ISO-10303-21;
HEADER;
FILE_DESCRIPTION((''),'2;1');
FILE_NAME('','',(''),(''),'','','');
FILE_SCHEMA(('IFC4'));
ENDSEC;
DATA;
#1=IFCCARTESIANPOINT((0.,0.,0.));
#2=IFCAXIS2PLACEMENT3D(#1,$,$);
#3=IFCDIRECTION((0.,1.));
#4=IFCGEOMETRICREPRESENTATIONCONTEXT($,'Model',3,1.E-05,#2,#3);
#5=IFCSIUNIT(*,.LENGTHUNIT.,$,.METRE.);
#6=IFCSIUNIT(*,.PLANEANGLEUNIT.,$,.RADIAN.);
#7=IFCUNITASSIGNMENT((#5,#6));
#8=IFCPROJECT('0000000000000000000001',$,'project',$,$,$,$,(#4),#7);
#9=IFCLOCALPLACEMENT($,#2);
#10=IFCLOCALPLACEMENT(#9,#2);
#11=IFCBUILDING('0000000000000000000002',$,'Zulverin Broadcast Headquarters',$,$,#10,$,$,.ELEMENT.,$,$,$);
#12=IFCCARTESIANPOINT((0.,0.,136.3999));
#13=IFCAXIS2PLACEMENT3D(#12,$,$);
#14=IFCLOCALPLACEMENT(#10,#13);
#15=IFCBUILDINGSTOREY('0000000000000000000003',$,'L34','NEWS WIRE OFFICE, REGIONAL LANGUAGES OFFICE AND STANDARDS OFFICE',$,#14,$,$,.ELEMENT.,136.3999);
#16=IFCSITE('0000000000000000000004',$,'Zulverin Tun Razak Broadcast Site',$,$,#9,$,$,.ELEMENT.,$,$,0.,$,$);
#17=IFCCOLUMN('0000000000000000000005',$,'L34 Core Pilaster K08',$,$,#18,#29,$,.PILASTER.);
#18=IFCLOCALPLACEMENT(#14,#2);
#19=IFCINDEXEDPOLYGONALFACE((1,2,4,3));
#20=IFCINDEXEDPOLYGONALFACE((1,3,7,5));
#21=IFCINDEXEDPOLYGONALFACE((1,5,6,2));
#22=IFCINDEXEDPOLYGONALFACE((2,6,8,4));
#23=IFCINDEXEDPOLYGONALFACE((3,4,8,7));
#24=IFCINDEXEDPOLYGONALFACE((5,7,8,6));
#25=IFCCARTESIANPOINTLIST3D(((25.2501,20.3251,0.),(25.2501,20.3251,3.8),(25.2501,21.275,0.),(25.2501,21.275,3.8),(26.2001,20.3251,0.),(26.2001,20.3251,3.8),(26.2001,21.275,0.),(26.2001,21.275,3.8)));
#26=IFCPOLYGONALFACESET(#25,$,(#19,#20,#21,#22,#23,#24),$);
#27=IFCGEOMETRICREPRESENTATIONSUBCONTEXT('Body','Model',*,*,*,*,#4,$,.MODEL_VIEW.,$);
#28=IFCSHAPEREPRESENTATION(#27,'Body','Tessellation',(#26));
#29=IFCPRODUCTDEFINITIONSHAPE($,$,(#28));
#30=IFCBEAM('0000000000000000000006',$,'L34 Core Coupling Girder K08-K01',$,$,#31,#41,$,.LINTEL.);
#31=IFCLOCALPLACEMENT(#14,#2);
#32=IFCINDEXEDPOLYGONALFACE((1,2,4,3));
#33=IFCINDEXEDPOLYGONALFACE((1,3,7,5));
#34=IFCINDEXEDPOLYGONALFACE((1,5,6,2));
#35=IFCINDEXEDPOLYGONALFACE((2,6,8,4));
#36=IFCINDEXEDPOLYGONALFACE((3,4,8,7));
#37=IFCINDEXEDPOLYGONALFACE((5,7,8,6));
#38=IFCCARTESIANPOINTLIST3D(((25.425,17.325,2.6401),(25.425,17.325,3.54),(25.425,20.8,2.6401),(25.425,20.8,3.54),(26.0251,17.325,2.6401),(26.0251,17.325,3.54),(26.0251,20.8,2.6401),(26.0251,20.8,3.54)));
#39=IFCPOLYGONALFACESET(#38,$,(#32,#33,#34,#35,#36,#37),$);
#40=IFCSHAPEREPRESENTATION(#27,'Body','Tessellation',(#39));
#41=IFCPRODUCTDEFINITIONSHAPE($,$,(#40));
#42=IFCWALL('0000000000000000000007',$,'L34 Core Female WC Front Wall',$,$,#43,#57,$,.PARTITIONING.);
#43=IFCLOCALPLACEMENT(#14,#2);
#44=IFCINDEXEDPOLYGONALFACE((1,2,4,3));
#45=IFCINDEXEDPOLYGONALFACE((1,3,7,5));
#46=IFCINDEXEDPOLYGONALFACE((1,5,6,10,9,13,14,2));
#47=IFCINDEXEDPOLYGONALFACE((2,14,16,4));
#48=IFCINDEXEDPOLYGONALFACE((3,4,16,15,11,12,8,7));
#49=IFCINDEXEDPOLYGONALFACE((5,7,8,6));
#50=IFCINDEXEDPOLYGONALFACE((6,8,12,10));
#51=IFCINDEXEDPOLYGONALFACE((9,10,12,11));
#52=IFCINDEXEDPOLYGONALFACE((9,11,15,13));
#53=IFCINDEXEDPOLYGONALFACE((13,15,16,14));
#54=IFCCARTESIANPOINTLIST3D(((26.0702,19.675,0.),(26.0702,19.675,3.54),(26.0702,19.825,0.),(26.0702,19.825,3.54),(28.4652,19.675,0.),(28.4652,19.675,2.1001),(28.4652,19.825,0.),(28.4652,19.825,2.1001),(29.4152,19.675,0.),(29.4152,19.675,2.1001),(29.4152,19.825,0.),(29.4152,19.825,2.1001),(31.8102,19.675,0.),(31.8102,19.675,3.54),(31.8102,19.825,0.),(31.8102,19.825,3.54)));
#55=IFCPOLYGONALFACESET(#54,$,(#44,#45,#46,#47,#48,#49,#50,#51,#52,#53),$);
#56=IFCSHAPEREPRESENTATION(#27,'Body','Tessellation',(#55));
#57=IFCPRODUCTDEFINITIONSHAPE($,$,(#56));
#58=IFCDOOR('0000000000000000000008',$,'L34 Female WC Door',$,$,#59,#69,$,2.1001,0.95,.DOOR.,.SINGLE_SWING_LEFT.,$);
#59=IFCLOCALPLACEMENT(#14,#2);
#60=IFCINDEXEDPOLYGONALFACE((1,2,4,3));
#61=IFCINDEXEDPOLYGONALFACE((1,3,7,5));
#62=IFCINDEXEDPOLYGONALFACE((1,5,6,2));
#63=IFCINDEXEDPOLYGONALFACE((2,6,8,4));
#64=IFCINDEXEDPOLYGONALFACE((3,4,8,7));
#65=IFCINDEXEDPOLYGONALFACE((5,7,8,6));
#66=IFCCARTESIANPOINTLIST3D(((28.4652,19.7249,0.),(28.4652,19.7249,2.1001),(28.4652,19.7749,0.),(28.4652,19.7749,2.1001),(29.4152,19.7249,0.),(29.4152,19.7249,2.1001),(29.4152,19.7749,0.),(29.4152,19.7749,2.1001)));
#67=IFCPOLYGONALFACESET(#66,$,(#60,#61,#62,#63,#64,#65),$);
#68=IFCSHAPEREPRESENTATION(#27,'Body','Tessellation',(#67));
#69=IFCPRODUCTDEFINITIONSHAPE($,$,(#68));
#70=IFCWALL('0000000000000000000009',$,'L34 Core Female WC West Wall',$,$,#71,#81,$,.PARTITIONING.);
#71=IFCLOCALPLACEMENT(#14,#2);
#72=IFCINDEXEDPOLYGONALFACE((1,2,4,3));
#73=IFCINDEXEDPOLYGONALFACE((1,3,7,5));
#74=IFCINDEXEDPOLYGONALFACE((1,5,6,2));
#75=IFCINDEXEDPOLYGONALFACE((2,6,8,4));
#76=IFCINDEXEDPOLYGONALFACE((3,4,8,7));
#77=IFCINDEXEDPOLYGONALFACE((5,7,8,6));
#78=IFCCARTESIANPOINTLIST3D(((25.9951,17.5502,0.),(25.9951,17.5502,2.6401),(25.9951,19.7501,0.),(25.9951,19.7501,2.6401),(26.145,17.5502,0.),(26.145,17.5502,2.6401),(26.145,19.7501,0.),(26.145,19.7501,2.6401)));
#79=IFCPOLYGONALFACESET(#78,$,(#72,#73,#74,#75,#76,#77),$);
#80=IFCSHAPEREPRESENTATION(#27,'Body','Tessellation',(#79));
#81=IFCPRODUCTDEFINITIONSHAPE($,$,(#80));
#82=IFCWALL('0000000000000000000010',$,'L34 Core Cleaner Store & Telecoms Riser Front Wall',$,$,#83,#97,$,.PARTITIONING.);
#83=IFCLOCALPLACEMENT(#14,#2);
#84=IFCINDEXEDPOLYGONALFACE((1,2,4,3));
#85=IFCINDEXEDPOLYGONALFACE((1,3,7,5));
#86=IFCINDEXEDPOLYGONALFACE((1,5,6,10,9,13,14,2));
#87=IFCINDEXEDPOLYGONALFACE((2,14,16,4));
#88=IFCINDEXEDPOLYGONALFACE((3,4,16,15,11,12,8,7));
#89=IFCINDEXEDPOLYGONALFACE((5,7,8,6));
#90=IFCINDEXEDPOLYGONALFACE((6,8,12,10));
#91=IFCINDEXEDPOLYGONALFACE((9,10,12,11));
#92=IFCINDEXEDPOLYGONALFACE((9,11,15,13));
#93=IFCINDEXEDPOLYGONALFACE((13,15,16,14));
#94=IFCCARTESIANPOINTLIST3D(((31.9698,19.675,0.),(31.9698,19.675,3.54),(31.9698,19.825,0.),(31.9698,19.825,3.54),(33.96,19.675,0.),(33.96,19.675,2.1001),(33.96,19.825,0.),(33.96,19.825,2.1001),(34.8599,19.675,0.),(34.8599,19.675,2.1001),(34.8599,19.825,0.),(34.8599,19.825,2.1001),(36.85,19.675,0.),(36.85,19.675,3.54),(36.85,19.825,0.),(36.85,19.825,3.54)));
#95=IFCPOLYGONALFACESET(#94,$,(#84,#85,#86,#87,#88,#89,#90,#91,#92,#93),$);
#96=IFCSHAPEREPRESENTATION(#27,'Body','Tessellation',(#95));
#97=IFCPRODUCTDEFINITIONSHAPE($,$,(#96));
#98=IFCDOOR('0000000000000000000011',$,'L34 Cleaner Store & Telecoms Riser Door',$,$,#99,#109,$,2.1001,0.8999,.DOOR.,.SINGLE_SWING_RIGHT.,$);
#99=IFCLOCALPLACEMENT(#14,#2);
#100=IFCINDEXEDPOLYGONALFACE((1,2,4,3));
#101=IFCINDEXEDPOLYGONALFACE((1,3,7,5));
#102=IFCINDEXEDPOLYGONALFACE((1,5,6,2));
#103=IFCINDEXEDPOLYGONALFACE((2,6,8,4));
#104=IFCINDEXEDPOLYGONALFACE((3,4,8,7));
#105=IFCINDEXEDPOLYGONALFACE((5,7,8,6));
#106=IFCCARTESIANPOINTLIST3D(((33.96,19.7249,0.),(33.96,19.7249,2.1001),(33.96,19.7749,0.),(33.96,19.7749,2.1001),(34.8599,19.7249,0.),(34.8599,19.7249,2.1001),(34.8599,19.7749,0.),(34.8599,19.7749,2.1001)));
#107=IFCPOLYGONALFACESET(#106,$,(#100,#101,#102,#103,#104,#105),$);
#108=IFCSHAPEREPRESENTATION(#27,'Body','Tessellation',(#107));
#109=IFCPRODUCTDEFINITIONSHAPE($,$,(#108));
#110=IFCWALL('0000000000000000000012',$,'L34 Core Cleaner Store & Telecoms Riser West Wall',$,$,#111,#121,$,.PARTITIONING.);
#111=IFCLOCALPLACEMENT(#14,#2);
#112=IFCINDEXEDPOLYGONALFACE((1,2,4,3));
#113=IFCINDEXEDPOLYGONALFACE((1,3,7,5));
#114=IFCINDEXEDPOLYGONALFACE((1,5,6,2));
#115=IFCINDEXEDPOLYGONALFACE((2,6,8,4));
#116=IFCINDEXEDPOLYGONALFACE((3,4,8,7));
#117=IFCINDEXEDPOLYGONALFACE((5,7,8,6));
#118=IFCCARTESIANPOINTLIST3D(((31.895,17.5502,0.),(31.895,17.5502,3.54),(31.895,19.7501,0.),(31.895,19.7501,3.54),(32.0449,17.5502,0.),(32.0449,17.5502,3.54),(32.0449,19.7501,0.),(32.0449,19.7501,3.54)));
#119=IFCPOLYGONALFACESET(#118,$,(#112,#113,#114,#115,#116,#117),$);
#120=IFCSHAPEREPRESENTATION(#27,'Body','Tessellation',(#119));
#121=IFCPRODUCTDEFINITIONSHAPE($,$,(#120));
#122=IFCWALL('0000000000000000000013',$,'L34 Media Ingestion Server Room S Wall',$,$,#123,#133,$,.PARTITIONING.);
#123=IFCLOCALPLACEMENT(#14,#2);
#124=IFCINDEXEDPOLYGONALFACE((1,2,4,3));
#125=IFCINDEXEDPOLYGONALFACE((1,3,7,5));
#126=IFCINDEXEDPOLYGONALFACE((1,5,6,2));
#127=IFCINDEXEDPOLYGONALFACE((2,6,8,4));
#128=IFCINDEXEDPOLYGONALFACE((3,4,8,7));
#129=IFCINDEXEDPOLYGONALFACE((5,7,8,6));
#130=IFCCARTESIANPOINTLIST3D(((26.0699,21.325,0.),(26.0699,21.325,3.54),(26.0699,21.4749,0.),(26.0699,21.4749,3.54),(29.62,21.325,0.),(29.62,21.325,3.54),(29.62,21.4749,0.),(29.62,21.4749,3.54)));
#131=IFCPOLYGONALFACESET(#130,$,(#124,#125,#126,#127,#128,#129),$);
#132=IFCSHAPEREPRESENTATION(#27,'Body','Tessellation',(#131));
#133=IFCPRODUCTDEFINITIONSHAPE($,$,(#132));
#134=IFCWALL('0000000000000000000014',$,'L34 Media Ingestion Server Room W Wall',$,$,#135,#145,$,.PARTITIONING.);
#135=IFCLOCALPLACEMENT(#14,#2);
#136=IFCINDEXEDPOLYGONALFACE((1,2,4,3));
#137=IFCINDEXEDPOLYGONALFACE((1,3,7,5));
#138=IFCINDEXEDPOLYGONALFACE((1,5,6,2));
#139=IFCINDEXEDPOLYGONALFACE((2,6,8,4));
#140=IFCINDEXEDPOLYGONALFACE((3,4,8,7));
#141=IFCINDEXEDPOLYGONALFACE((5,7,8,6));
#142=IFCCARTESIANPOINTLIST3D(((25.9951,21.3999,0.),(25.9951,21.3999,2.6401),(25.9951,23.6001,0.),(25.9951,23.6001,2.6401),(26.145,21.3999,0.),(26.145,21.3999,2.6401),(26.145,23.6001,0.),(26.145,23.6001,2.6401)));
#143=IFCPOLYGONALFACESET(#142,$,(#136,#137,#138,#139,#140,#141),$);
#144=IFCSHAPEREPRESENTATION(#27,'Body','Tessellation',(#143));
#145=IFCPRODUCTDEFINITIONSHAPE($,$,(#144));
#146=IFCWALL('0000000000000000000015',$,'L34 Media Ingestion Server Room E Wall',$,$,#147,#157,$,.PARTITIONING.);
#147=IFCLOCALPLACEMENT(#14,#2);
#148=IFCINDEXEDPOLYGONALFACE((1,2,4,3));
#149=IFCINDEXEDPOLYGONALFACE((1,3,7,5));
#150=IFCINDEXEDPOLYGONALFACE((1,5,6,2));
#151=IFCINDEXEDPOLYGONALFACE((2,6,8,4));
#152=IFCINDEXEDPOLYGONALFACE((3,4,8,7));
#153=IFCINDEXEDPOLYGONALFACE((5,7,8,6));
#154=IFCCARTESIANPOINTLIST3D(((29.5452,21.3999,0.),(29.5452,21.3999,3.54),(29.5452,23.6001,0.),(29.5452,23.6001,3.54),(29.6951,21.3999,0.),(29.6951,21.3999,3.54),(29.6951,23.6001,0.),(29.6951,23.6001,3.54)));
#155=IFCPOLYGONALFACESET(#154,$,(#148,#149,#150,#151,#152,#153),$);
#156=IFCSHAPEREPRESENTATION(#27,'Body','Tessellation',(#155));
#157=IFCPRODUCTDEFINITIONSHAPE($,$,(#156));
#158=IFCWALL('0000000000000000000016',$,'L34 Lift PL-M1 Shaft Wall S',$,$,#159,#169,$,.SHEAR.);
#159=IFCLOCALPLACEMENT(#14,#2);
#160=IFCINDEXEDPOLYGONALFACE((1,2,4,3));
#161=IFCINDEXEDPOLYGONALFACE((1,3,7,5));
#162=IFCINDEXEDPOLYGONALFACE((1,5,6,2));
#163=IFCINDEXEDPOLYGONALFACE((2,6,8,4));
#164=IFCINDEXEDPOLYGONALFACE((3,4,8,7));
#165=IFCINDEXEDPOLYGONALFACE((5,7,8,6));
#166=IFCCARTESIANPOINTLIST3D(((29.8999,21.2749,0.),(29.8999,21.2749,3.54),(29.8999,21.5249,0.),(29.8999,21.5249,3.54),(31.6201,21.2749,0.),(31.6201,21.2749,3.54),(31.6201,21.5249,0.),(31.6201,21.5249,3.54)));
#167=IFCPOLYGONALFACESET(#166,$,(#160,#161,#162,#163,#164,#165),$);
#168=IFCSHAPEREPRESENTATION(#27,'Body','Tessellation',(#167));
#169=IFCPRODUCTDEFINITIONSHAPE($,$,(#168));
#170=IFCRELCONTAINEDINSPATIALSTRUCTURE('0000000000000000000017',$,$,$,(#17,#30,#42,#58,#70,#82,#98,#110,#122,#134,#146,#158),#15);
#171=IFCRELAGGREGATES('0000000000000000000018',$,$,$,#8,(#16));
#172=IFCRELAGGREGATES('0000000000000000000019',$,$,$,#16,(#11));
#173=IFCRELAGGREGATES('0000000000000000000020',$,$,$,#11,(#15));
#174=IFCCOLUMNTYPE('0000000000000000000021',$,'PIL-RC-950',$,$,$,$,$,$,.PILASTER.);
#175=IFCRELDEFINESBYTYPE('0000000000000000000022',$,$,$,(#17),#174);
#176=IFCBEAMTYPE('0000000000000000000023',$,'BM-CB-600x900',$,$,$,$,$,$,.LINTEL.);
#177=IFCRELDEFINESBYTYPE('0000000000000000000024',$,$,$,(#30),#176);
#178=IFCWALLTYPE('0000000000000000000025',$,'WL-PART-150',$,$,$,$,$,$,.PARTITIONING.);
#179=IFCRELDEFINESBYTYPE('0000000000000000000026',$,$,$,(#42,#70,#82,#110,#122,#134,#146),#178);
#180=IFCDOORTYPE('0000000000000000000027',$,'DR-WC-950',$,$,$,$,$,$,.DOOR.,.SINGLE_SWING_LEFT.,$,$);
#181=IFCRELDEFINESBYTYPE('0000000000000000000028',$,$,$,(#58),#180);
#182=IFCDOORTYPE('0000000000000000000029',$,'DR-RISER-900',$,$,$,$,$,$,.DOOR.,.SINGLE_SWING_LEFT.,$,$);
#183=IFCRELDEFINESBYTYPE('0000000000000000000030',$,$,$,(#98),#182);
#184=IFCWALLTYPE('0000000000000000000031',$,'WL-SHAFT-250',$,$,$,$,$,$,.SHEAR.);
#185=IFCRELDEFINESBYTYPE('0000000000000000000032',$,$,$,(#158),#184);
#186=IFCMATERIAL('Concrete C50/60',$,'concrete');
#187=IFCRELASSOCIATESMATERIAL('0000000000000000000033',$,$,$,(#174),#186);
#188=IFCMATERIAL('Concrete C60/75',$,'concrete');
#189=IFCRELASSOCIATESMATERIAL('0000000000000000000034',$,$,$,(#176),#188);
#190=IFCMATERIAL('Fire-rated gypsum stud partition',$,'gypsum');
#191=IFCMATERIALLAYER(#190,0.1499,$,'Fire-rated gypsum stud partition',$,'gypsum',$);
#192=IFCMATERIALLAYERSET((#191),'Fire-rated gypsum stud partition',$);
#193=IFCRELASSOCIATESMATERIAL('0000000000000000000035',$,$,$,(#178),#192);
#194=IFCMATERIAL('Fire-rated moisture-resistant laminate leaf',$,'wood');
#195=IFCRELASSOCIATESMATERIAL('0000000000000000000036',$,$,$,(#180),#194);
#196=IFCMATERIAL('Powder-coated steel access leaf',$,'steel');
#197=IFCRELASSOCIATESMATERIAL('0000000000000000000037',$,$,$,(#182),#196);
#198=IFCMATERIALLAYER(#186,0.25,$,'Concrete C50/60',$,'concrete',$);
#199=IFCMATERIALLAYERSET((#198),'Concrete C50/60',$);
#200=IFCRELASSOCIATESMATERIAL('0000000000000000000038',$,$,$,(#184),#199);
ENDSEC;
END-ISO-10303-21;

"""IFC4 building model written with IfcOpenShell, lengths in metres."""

from ifc_helpers import new_model, si_unit, direction, frame, frame_2d, origin, origin_2d, place, context, subcontext, project, spatial, rectangle, extrude, material, layer, layer_set, material_profile, profile_set, type_object, element, fill, save


model = new_model("IFC4")

# Units and contexts
model_context = context("Model", 3, precision=1e-05, world=origin(), true_north=direction((0.0, 1.0)))
body_context = subcontext(model_context, "Body", "Model", "MODEL_VIEW")
ifc_project = project(units=[si_unit("LENGTHUNIT", "METRE"), si_unit("PLANEANGLEUNIT", "RADIAN")], contexts=[model_context])

# Site, building, storey
site_placement = place(None, origin())
site = spatial("IfcSite", under=ifc_project, at=site_placement, Name="Zulverin Tun Razak Broadcast Site", CompositionType="ELEMENT", RefElevation=0.0)
building_placement = place(site_placement, origin())
building = spatial("IfcBuilding", under=site, at=building_placement, Name="Zulverin Broadcast Headquarters", CompositionType="ELEMENT")
storey_placement = place(building_placement, frame((0.0, 0.0, 136.3999)))
storey = spatial("IfcBuildingStorey", under=building, at=storey_placement, Name="L34", Description="NEWS WIRE OFFICE, REGIONAL LANGUAGES OFFICE AND STANDARDS OFFICE", CompositionType="ELEMENT", Elevation=136.3999)

# Column
ifc_material_1 = material(Name="Concrete C50/60", Category="concrete")
ifc_material_profile_1 = material_profile(ifc_material_1, rectangle(XDim=0.95, YDim=0.95, at=origin_2d()), Name="Concrete C50/60", Category="concrete")
ifc_profile_set_1 = profile_set([ifc_material_profile_1], Name="Concrete C50/60")
column_type = type_object("IfcColumnType", Name="PIL-RC-950", PredefinedType="PILASTER", material=ifc_profile_set_1)
column_placement = place(storey_placement, frame((25.7251, 20.8, 0.0), z_axis=(0.0, 0.0, 1.0), x_axis=(1.0, 0.0, 0.0)))
element("IfcColumn", 1, at=column_placement, inside=storey, type_object=column_type, Name="L34 Core Pilaster K08", PredefinedType="PILASTER", context=body_context, shape_type="SweptSolid", body=[
    extrude(rectangle(XDim=0.95, YDim=0.95, at=origin_2d()), origin(), (0.0, 0.0, 1.0), 3.8),
])

# Beam
ifc_material_2 = material(Name="Concrete C60/75", Category="concrete")
ifc_material_profile_2 = material_profile(ifc_material_2, rectangle(XDim=0.6001, YDim=0.8999, at=origin_2d()), Name="Concrete C60/75", Category="concrete")
ifc_profile_set_2 = profile_set([ifc_material_profile_2], Name="Concrete C60/75")
beam_type = type_object("IfcBeamType", Name="BM-CB-600x900", PredefinedType="LINTEL", material=ifc_profile_set_2)
beam_placement = place(storey_placement, frame((25.7251, 20.8, 3.0901), z_axis=(0.0, -1.0, 0.0), x_axis=(1.0, 0.0, 0.0)))
element("IfcBeam", 2, at=beam_placement, inside=storey, type_object=beam_type, Name="L34 Core Coupling Girder K08-K01", PredefinedType="LINTEL", context=body_context, shape_type="SweptSolid", body=[
    extrude(rectangle(XDim=0.6001, YDim=0.8999, at=origin_2d()), origin(), (0.0, 0.0, 1.0), 3.4751),
])

# Wall, opening, door
ifc_material_3 = material(Name="Fire-rated gypsum stud partition", Category="gypsum")
ifc_layer_1 = layer(ifc_material_3, 0.1499, Name="Fire-rated gypsum stud partition", Category="gypsum")
ifc_layer_set_1 = layer_set([ifc_layer_1], Name="Fire-rated gypsum stud partition")
wall_type_1 = type_object("IfcWallType", Name="WL-PART-150", PredefinedType="PARTITIONING", material=ifc_layer_set_1)
wall_1_placement = place(storey_placement, frame((26.0701, 19.75, 0.0), z_axis=(0.0, 0.0, 1.0), x_axis=(1.0, 0.0, 0.0)))
wall_1 = element("IfcWall", 3, at=wall_1_placement, inside=storey, type_object=wall_type_1, Name="L34 Core Female WC Front Wall", PredefinedType="PARTITIONING", context=body_context, shape_type="SweptSolid", body=[
    extrude(rectangle(XDim=5.74, YDim=0.1499, at=frame_2d((2.8701, 0.0))), origin(), (0.0, 0.0, 1.0), 3.54),
])
opening_1_placement = place(wall_1_placement, frame((2.395, 0.0, 0.0)))
opening_1 = element("IfcOpeningElement", 4, at=opening_1_placement, cuts=wall_1, PredefinedType="OPENING", context=body_context, shape_type="SweptSolid", body=[
    extrude(rectangle(XDim=0.95, YDim=2.1001, at=frame_2d((0.4751, 1.05))), frame((0.0, 0.085, 0.0), z_axis=(0.0, -1.0, 0.0), x_axis=(1.0, 0.0, 0.0)), (0.0, 0.0, 1.0), 0.1699),
])
ifc_material_4 = material(Name="Fire-rated moisture-resistant laminate leaf", Category="wood")
door_type_1 = type_object("IfcDoorType", Name="DR-WC-950", OperationType="SINGLE_SWING_LEFT", PredefinedType="DOOR", material=ifc_material_4)
door_1_placement = place(opening_1_placement, origin())
door_1 = element("IfcDoor", 5, at=door_1_placement, inside=storey, type_object=door_type_1, Name="L34 Female WC Door", OperationType="SINGLE_SWING_LEFT", OverallHeight=2.1001, OverallWidth=0.95, PredefinedType="DOOR", context=body_context, shape_type="SweptSolid", body=[
    extrude(rectangle(XDim=0.95, YDim=2.1001, at=frame_2d((0.4751, 1.05))), frame((0.0, 0.0249, 0.0), z_axis=(0.0, -1.0, 0.0), x_axis=(1.0, 0.0, 0.0)), (0.0, 0.0, 1.0), 0.05),
])
fill(opening_1, door_1)

# Wall
wall_2_placement = place(storey_placement, frame((26.0701, 17.55, 0.0), z_axis=(0.0, 0.0, 1.0), x_axis=(0.0, 1.0, 0.0)))
element("IfcWall", 6, at=wall_2_placement, inside=storey, type_object=wall_type_1, Name="L34 Core Female WC West Wall", PredefinedType="PARTITIONING", context=body_context, shape_type="SweptSolid", body=[
    extrude(rectangle(XDim=2.2, YDim=0.1499, at=frame_2d((1.1001, 0.0))), origin(), (0.0, 0.0, 1.0), 2.6401),
])

# Wall, opening, door
wall_3_placement = place(storey_placement, frame((31.97, 19.75, 0.0), z_axis=(0.0, 0.0, 1.0), x_axis=(1.0, 0.0, 0.0)))
wall_3 = element("IfcWall", 7, at=wall_3_placement, inside=storey, type_object=wall_type_1, Name="L34 Core Cleaner Store & Telecoms Riser Front Wall", PredefinedType="PARTITIONING", context=body_context, shape_type="SweptSolid", body=[
    extrude(rectangle(XDim=4.8801, YDim=0.1499, at=frame_2d((2.4399, 0.0))), origin(), (0.0, 0.0, 1.0), 3.54),
])
opening_2_placement = place(wall_3_placement, frame((1.99, 0.0, 0.0)))
opening_2 = element("IfcOpeningElement", 8, at=opening_2_placement, cuts=wall_3, PredefinedType="OPENING", context=body_context, shape_type="SweptSolid", body=[
    extrude(rectangle(XDim=0.8999, YDim=2.1001, at=frame_2d((0.45, 1.05))), frame((0.0, 0.085, 0.0), z_axis=(0.0, -1.0, 0.0), x_axis=(1.0, 0.0, 0.0)), (0.0, 0.0, 1.0), 0.1699),
])
ifc_material_5 = material(Name="Powder-coated steel access leaf", Category="steel")
door_type_2 = type_object("IfcDoorType", Name="DR-RISER-900", OperationType="SINGLE_SWING_LEFT", PredefinedType="DOOR", material=ifc_material_5)
door_2_placement = place(opening_2_placement, origin())
door_2 = element("IfcDoor", 9, at=door_2_placement, inside=storey, type_object=door_type_2, Name="L34 Cleaner Store & Telecoms Riser Door", OperationType="SINGLE_SWING_RIGHT", OverallHeight=2.1001, OverallWidth=0.8999, PredefinedType="DOOR", context=body_context, shape_type="SweptSolid", body=[
    extrude(rectangle(XDim=0.8999, YDim=2.1001, at=frame_2d((0.45, 1.05))), frame((0.0, 0.0249, 0.0), z_axis=(0.0, -1.0, 0.0), x_axis=(1.0, 0.0, 0.0)), (0.0, 0.0, 1.0), 0.05),
])
fill(opening_2, door_2)

# Walls
wall_4_placement = place(storey_placement, frame((31.97, 17.55, 0.0), z_axis=(0.0, 0.0, 1.0), x_axis=(0.0, 1.0, 0.0)))
element("IfcWall", 10, at=wall_4_placement, inside=storey, type_object=wall_type_1, Name="L34 Core Cleaner Store & Telecoms Riser West Wall", PredefinedType="PARTITIONING", context=body_context, shape_type="SweptSolid", body=[
    extrude(rectangle(XDim=2.2, YDim=0.1499, at=frame_2d((1.1001, 0.0))), origin(), (0.0, 0.0, 1.0), 3.54),
])
wall_5_placement = place(storey_placement, frame((26.0701, 21.3999, 0.0), z_axis=(0.0, 0.0, 1.0), x_axis=(1.0, 0.0, 0.0)))
element("IfcWall", 11, at=wall_5_placement, inside=storey, type_object=wall_type_1, Name="L34 Media Ingestion Server Room S Wall", PredefinedType="PARTITIONING", context=body_context, shape_type="SweptSolid", body=[
    extrude(rectangle(XDim=3.55, YDim=0.1499, at=frame_2d((1.7749, 0.0))), origin(), (0.0, 0.0, 1.0), 3.54),
])
wall_6_placement = place(storey_placement, frame((26.0701, 21.3999, 0.0), z_axis=(0.0, 0.0, 1.0), x_axis=(0.0, 1.0, 0.0)))
element("IfcWall", 12, at=wall_6_placement, inside=storey, type_object=wall_type_1, Name="L34 Media Ingestion Server Room W Wall", PredefinedType="PARTITIONING", context=body_context, shape_type="SweptSolid", body=[
    extrude(rectangle(XDim=2.2002, YDim=0.1499, at=frame_2d((1.1001, 0.0))), origin(), (0.0, 0.0, 1.0), 2.6401),
])
wall_7_placement = place(storey_placement, frame((29.6201, 21.3999, 0.0), z_axis=(0.0, 0.0, 1.0), x_axis=(0.0, 1.0, 0.0)))
element("IfcWall", 13, at=wall_7_placement, inside=storey, type_object=wall_type_1, Name="L34 Media Ingestion Server Room E Wall", PredefinedType="PARTITIONING", context=body_context, shape_type="SweptSolid", body=[
    extrude(rectangle(XDim=2.2002, YDim=0.1499, at=frame_2d((1.1001, 0.0))), origin(), (0.0, 0.0, 1.0), 3.54),
])
ifc_layer_2 = layer(ifc_material_1, 0.25, Name="Concrete C50/60", Category="concrete")
ifc_layer_set_2 = layer_set([ifc_layer_2], Name="Concrete C50/60")
wall_type_2 = type_object("IfcWallType", Name="WL-SHAFT-250", PredefinedType="SHEAR", material=ifc_layer_set_2)
wall_8_placement = place(storey_placement, frame((29.8999, 21.3999, 0.0), z_axis=(0.0, 0.0, 1.0), x_axis=(1.0, 0.0, 0.0)))
element("IfcWall", 14, at=wall_8_placement, inside=storey, type_object=wall_type_2, Name="L34 Lift PL-M1 Shaft Wall S", PredefinedType="SHEAR", context=body_context, shape_type="SweptSolid", body=[
    extrude(rectangle(XDim=1.7202, YDim=0.25, at=frame_2d((0.8601, 0.0))), origin(), (0.0, 0.0, 1.0), 3.54),
])

save(model, "model.ifc")
